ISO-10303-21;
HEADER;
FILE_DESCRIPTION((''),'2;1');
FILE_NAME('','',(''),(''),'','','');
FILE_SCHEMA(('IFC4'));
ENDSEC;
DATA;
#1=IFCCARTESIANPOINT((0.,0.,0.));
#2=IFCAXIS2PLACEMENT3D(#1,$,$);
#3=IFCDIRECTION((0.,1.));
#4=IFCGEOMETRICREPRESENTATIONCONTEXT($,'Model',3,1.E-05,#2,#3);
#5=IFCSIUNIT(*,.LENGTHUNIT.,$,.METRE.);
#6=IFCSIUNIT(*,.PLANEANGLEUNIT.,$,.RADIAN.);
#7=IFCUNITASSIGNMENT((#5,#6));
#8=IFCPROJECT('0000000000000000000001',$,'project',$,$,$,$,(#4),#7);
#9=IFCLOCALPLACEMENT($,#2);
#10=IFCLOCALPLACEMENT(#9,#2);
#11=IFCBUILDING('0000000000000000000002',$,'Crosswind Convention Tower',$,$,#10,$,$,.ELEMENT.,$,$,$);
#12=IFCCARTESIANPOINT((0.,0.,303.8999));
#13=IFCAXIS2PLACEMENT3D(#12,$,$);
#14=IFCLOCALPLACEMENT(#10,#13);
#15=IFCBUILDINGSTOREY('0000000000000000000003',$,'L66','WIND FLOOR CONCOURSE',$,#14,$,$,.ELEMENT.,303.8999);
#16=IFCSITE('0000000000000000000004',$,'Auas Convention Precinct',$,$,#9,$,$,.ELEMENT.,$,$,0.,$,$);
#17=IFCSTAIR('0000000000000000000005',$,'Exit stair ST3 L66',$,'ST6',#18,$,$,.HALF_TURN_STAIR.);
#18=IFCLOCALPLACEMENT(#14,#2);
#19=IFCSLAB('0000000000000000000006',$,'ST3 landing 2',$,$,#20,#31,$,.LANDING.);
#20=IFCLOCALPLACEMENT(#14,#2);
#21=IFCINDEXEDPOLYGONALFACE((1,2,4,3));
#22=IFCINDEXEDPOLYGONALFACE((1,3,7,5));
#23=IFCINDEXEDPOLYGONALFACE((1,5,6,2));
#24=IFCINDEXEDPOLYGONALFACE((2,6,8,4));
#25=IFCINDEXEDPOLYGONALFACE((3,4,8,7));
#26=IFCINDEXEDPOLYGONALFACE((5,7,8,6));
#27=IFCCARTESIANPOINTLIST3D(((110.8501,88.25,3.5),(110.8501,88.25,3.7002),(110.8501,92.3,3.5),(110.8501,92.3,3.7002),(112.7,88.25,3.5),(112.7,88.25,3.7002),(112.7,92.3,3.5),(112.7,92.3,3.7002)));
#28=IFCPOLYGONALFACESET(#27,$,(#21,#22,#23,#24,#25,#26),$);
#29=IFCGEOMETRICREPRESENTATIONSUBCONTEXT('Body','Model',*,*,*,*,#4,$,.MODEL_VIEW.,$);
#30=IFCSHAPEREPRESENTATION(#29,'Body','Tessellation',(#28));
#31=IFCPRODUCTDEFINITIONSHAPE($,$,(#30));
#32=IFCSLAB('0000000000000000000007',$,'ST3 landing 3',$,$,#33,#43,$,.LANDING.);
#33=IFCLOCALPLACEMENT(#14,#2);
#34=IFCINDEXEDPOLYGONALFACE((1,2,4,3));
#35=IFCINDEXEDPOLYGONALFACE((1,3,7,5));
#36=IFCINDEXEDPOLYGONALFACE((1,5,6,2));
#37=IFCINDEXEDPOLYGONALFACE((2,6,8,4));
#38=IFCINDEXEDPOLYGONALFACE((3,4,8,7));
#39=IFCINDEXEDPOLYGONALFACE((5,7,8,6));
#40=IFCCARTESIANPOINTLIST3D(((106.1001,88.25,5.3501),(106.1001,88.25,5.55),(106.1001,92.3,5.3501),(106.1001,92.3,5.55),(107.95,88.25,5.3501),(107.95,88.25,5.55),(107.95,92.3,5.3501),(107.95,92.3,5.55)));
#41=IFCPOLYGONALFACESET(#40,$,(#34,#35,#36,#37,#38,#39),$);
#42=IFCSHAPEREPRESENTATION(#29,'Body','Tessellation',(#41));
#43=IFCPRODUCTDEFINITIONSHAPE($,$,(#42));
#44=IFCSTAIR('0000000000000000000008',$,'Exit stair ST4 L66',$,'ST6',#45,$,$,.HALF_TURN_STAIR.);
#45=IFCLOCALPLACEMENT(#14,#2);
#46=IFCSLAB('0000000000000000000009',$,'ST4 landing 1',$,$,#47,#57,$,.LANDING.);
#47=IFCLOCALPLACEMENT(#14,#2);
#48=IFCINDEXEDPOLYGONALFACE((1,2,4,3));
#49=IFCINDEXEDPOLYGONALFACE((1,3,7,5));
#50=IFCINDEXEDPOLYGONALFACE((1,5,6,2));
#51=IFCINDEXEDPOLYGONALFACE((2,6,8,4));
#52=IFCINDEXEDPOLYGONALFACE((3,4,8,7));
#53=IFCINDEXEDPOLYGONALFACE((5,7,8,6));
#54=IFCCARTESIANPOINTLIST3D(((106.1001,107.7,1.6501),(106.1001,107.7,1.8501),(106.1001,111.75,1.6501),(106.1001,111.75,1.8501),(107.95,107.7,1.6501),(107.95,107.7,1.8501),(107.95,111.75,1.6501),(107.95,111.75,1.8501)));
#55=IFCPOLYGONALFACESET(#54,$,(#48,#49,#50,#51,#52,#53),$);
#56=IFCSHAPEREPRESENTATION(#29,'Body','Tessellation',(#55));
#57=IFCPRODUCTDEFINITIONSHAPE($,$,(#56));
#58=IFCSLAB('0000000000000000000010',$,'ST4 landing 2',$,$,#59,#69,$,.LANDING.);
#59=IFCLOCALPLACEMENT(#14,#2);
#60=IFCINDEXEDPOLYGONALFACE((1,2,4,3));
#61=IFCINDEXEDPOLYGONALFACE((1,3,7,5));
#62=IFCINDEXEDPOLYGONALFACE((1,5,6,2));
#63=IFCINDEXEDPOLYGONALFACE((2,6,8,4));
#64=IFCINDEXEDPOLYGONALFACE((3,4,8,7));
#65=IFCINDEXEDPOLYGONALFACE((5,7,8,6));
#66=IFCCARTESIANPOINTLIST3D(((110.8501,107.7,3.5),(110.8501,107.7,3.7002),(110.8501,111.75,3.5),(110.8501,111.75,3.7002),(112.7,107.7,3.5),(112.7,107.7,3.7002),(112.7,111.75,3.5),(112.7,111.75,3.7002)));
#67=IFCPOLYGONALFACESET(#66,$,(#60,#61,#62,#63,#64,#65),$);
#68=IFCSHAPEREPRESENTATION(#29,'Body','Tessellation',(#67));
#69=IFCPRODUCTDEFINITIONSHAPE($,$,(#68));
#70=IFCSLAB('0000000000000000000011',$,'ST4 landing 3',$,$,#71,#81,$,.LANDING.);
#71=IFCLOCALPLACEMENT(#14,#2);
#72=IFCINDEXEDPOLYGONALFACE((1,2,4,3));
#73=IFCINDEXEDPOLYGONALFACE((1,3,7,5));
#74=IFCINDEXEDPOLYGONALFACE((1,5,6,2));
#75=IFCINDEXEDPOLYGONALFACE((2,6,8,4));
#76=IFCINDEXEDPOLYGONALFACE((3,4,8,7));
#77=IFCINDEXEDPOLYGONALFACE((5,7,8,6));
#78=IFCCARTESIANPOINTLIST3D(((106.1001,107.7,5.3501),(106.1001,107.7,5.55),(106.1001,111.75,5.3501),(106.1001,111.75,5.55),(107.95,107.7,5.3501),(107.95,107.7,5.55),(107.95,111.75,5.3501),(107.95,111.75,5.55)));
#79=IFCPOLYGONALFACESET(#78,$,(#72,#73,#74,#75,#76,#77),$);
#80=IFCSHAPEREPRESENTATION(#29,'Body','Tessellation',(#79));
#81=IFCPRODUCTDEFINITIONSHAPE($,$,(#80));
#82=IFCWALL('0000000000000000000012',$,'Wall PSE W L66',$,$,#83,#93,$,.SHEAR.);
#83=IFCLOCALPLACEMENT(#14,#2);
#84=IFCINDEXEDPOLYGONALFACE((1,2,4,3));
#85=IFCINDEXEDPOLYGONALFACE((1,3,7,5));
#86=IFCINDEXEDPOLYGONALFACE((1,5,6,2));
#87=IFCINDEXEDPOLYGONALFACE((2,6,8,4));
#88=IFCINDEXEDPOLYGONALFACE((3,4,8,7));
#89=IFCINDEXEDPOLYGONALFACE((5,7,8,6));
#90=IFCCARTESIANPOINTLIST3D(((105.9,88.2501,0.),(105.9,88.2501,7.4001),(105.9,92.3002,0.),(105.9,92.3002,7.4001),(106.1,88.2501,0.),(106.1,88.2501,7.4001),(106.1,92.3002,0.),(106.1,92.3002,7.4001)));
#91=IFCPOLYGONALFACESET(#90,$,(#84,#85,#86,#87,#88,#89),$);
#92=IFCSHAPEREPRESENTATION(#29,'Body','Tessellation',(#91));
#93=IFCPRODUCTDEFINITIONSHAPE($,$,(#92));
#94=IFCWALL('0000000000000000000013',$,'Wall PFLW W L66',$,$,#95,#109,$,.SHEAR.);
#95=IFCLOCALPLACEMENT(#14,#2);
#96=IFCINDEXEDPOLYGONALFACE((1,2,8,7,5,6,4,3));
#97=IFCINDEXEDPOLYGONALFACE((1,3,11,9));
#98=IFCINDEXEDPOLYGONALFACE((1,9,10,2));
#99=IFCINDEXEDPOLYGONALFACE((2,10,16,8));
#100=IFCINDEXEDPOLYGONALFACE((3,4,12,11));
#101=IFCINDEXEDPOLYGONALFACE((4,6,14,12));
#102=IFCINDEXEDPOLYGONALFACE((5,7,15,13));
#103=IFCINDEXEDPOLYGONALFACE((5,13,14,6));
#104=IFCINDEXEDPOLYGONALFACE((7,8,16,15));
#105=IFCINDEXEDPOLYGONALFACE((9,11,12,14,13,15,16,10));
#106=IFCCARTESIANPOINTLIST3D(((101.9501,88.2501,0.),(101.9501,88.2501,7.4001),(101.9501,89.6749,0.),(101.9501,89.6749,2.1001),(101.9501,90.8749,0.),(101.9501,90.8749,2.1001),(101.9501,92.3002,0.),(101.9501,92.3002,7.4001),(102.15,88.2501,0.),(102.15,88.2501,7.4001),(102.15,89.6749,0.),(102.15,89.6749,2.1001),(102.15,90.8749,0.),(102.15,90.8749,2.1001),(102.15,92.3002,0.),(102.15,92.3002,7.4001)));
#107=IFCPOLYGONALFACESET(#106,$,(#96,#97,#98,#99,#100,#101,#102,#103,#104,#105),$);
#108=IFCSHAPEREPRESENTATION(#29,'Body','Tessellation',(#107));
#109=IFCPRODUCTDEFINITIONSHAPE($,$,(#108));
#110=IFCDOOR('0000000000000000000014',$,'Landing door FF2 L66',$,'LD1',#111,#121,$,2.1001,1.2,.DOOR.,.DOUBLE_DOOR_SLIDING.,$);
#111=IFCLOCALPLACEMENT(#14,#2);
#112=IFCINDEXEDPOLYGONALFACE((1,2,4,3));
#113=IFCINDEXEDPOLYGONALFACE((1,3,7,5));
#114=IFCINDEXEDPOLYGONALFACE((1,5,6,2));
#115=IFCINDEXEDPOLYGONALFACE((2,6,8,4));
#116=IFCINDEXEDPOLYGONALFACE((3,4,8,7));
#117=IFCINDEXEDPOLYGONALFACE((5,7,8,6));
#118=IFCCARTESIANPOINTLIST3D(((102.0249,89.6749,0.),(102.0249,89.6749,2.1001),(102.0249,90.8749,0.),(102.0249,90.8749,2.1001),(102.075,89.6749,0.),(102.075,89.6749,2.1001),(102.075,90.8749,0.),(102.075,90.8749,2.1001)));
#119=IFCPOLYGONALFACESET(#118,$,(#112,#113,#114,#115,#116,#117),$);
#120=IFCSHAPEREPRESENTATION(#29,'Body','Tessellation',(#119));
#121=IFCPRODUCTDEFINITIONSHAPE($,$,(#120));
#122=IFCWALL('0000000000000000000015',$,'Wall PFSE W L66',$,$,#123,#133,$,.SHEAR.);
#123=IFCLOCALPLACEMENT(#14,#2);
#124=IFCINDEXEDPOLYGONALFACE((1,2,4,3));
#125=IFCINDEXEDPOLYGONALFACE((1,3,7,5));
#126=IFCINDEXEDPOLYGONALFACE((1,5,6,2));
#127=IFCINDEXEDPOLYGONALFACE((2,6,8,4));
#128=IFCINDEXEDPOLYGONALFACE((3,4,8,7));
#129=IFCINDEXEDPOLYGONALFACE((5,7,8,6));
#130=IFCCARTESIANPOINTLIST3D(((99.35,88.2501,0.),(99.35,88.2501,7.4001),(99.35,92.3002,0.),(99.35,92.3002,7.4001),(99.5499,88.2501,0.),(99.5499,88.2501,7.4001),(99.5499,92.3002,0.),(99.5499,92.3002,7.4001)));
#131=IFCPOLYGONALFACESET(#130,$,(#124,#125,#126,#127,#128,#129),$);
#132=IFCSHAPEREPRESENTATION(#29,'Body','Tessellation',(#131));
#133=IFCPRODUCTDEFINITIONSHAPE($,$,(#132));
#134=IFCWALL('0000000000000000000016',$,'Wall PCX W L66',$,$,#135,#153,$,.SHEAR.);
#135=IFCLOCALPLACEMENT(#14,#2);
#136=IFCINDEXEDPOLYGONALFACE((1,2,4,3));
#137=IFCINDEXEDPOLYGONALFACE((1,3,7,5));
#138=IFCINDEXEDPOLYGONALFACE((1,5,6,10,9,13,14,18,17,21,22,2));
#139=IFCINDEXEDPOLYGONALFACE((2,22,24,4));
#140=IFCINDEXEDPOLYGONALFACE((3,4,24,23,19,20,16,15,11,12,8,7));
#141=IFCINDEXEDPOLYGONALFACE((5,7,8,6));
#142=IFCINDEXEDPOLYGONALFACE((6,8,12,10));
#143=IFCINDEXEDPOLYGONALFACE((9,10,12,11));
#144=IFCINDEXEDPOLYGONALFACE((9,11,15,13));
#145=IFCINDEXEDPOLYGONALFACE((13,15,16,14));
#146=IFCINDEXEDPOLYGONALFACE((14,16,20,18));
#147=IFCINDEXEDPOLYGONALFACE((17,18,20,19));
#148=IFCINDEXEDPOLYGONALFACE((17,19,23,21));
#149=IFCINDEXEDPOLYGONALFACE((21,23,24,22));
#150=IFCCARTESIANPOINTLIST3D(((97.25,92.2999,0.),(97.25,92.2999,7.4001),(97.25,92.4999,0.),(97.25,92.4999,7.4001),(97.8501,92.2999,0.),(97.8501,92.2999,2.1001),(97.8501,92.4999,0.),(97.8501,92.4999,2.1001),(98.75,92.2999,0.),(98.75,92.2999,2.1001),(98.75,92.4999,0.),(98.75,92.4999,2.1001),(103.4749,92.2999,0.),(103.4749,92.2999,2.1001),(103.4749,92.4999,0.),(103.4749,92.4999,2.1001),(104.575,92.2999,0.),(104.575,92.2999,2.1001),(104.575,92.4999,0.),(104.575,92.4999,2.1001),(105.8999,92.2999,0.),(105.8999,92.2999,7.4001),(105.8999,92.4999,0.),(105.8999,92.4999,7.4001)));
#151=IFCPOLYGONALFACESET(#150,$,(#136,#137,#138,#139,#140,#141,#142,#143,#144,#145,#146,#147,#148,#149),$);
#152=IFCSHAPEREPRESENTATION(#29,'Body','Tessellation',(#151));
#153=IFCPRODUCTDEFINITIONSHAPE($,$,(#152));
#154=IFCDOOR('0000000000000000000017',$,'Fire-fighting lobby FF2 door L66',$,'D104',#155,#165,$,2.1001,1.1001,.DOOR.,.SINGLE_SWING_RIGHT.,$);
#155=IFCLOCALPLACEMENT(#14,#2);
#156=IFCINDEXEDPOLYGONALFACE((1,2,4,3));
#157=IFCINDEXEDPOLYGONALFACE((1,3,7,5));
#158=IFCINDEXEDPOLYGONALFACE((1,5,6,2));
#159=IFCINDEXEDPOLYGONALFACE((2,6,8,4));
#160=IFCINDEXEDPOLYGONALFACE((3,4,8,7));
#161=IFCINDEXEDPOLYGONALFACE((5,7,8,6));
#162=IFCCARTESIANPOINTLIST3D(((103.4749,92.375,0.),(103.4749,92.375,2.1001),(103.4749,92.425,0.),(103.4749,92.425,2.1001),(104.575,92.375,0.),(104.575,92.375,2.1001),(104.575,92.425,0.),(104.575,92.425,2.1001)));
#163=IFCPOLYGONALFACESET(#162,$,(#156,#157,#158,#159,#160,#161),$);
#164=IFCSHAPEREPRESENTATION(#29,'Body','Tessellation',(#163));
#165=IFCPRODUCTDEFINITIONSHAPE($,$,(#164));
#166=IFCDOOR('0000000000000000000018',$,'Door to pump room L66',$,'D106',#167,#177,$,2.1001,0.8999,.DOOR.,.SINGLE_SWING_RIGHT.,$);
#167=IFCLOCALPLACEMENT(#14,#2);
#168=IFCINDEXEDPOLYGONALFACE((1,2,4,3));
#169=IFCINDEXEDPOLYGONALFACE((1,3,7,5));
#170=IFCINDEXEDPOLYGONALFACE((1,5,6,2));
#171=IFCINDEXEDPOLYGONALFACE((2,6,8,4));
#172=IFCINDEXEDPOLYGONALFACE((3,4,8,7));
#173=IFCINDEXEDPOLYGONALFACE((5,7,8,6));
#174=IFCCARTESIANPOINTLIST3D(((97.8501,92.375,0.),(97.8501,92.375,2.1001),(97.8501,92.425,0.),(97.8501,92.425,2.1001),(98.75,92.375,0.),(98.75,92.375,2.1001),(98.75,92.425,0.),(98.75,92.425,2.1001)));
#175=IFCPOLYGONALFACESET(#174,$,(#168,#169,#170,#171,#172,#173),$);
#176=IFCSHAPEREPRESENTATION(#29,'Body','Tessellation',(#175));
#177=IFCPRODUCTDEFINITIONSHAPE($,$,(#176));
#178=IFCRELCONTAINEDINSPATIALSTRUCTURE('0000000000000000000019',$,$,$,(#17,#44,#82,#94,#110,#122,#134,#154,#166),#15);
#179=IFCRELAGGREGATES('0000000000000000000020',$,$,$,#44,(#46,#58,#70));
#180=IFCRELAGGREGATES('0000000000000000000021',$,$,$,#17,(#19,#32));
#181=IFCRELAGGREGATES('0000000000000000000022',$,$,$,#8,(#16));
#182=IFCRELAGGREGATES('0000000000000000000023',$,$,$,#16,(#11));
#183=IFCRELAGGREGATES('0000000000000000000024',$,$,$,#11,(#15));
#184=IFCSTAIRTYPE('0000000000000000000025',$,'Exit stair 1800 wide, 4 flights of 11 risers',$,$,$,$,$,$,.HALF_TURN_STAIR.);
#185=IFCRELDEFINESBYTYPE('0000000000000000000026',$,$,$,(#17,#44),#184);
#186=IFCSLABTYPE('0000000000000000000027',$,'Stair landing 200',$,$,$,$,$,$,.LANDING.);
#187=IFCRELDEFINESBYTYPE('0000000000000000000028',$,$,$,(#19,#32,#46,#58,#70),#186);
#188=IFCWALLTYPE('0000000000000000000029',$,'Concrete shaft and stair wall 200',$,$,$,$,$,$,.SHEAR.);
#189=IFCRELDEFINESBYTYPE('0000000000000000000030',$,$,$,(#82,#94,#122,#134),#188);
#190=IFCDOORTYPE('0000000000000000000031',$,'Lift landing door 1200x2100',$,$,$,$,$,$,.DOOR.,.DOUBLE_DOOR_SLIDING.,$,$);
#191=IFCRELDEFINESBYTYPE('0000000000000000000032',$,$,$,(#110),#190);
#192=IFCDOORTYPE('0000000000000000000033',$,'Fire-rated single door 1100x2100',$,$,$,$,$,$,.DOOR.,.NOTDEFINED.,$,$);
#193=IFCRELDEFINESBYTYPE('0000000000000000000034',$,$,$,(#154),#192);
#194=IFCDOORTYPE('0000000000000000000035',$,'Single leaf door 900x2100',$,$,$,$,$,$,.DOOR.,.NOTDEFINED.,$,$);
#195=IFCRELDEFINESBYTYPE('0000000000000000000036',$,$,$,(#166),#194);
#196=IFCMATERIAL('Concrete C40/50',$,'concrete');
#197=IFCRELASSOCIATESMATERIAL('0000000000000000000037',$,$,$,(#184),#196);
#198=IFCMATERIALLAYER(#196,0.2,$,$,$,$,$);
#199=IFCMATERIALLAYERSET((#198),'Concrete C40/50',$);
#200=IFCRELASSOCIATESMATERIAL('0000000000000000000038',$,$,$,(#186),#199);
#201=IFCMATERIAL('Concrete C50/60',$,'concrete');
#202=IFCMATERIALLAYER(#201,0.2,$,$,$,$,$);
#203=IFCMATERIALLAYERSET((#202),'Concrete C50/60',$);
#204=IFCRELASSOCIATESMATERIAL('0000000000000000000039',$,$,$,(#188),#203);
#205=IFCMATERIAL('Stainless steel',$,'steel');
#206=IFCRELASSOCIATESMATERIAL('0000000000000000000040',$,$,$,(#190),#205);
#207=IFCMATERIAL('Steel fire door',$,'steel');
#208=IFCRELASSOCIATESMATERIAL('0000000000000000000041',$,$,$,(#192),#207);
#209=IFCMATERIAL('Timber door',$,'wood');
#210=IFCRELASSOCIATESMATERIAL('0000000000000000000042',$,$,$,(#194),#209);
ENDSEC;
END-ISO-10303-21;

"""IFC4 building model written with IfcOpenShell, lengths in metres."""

from ifc_helpers import new_model, si_unit, direction, frame, frame_2d, origin, place, context, subcontext, project, spatial, polyline, rectangle, outline, extrude, material, layer, layer_set, type_object, element, fill, aggregate, save


model = new_model("IFC4")

# Units and contexts
model_context = context("Model", 3, precision=1e-05, world=origin(), true_north=direction((0.0, 1.0)))
body_context = subcontext(model_context, "Body", "Model", "MODEL_VIEW")
ifc_project = project(units=[si_unit("LENGTHUNIT", "METRE"), si_unit("PLANEANGLEUNIT", "RADIAN")], contexts=[model_context])

# Site, building, storey
site_placement = place(None, origin())
site = spatial("IfcSite", under=ifc_project, at=site_placement, Name="Auas Convention Precinct", CompositionType="ELEMENT", RefElevation=0.0)
building_placement = place(site_placement, origin())
building = spatial("IfcBuilding", under=site, at=building_placement, Name="Crosswind Convention Tower", CompositionType="ELEMENT")
storey_placement = place(building_placement, frame((0.0, 0.0, 303.8999)))
storey = spatial("IfcBuildingStorey", under=building, at=storey_placement, Name="L66", Description="WIND FLOOR CONCOURSE", CompositionType="ELEMENT", Elevation=303.8999)

# Shared definitions
ifc_material_1 = material(Name="Concrete C40/50", Category="concrete")

# Stairs, slabs
stair_type = type_object("IfcStairType", Name="Exit stair 1800 wide, 4 flights of 11 risers", PredefinedType="HALF_TURN_STAIR", material=ifc_material_1)
ifc_layer_1 = layer(ifc_material_1, 0.2)
ifc_layer_set_1 = layer_set([ifc_layer_1], Name="Concrete C40/50")
slab_type_1 = type_object("IfcSlabType", Name="Stair landing 200", PredefinedType="LANDING", material=ifc_layer_set_1)
stair_1_placement = place(storey_placement, origin())
stair_1 = element("IfcStair", 1, at=stair_1_placement, inside=storey, type_object=stair_type, Name="Exit stair ST3 L66", ObjectType="ST6", PredefinedType="HALF_TURN_STAIR")
slab_1_placement = place(storey_placement, frame((0.0, 0.0, 3.5)))
slab_1 = element("IfcSlab", 2, at=slab_1_placement, type_object=slab_type_1, Name="ST3 landing 2", PredefinedType="LANDING", context=body_context, shape_type="SweptSolid", body=[
    extrude(outline(polyline([(112.7, 88.25), (112.7, 92.3), (110.8501, 92.3), (110.8501, 88.25), (112.7, 88.25)])), origin(), (0.0, 0.0, 1.0), 0.2002),
])
slab_2_placement = place(storey_placement, frame((0.0, 0.0, 5.3501)))
slab_2 = element("IfcSlab", 3, at=slab_2_placement, type_object=slab_type_1, Name="ST3 landing 3", PredefinedType="LANDING", context=body_context, shape_type="SweptSolid", body=[
    extrude(outline(polyline([(107.95, 88.25), (107.95, 92.3), (106.1001, 92.3), (106.1001, 88.25), (107.95, 88.25)])), origin(), (0.0, 0.0, 1.0), 0.2),
])
stair_2_placement = place(storey_placement, origin())
stair_2 = element("IfcStair", 4, at=stair_2_placement, inside=storey, type_object=stair_type, Name="Exit stair ST4 L66", ObjectType="ST6", PredefinedType="HALF_TURN_STAIR")
slab_3_placement = place(storey_placement, frame((0.0, 0.0, 1.6501)))
slab_3 = element("IfcSlab", 5, at=slab_3_placement, type_object=slab_type_1, Name="ST4 landing 1", PredefinedType="LANDING", context=body_context, shape_type="SweptSolid", body=[
    extrude(outline(polyline([(107.95, 107.7), (107.95, 111.75), (106.1001, 111.75), (106.1001, 107.7), (107.95, 107.7)])), origin(), (0.0, 0.0, 1.0), 0.2),
])
slab_4_placement = place(storey_placement, frame((0.0, 0.0, 3.5)))
slab_4 = element("IfcSlab", 6, at=slab_4_placement, type_object=slab_type_1, Name="ST4 landing 2", PredefinedType="LANDING", context=body_context, shape_type="SweptSolid", body=[
    extrude(outline(polyline([(112.7, 107.7), (112.7, 111.75), (110.8501, 111.75), (110.8501, 107.7), (112.7, 107.7)])), origin(), (0.0, 0.0, 1.0), 0.2002),
])
slab_5_placement = place(storey_placement, frame((0.0, 0.0, 5.3501)))
slab_5 = element("IfcSlab", 7, at=slab_5_placement, type_object=slab_type_1, Name="ST4 landing 3", PredefinedType="LANDING", context=body_context, shape_type="SweptSolid", body=[
    extrude(outline(polyline([(107.95, 107.7), (107.95, 111.75), (106.1001, 111.75), (106.1001, 107.7), (107.95, 107.7)])), origin(), (0.0, 0.0, 1.0), 0.2),
])
aggregate(stair_2, [slab_3, slab_4, slab_5])

# Wall
ifc_material_2 = material(Name="Concrete C50/60", Category="concrete")
ifc_layer_2 = layer(ifc_material_2, 0.2)
ifc_layer_set_2 = layer_set([ifc_layer_2], Name="Concrete C50/60")
wall_type_1 = type_object("IfcWallType", Name="Concrete shaft and stair wall 200", PredefinedType="SHEAR", material=ifc_layer_set_2)
wall_1_placement = place(storey_placement, frame((106.0, 92.3, 0.0), z_axis=(0.0, 0.0, 1.0), x_axis=(0.0, -1.0, 0.0)))
element("IfcWall", 8, at=wall_1_placement, inside=storey, type_object=wall_type_1, Name="Wall PSE W L66", PredefinedType="SHEAR", context=body_context, shape_type="SweptSolid", body=[
    extrude(rectangle(XDim=4.05, YDim=0.2, at=frame_2d((2.0249, 0.0))), origin(), (0.0, 0.0, 1.0), 7.4001),
])

# Wall, opening, door
wall_2_placement = place(storey_placement, frame((102.05, 92.3, 0.0), z_axis=(0.0, 0.0, 1.0), x_axis=(0.0, -1.0, 0.0)))
wall_2 = element("IfcWall", 9, at=wall_2_placement, inside=storey, type_object=wall_type_1, Name="Wall PFLW W L66", PredefinedType="SHEAR", context=body_context, shape_type="SweptSolid", body=[
    extrude(rectangle(XDim=4.05, YDim=0.2, at=frame_2d((2.0249, 0.0))), origin(), (0.0, 0.0, 1.0), 7.4001),
])
opening_1_placement = place(wall_2_placement, frame((1.425, 0.0, 0.0)))
opening_1 = element("IfcOpeningElement", 10, at=opening_1_placement, cuts=wall_2, PredefinedType="OPENING", context=body_context, shape_type="SweptSolid", body=[
    extrude(rectangle(XDim=1.2, YDim=2.1001, at=frame_2d((0.6001, 1.05))), frame((0.0, 0.1099, 0.0), z_axis=(0.0, -1.0, 0.0), x_axis=(1.0, 0.0, 0.0)), (0.0, 0.0, 1.0), 0.22),
])
ifc_material_3 = material(Name="Stainless steel", Category="steel")
door_type_1 = type_object("IfcDoorType", Name="Lift landing door 1200x2100", OperationType="DOUBLE_DOOR_SLIDING", PredefinedType="DOOR", material=ifc_material_3)
door_1_placement = place(opening_1_placement, origin())
door_1 = element("IfcDoor", 11, at=door_1_placement, inside=storey, type_object=door_type_1, Name="Landing door FF2 L66", ObjectType="LD1", OperationType="DOUBLE_DOOR_SLIDING", OverallHeight=2.1001, OverallWidth=1.2, PredefinedType="DOOR", context=body_context, shape_type="SweptSolid", body=[
    extrude(rectangle(XDim=1.2, YDim=2.1001, at=frame_2d((0.6001, 1.05))), frame((0.0, 0.0249, 0.0), z_axis=(0.0, -1.0, 0.0), x_axis=(1.0, 0.0, 0.0)), (0.0, 0.0, 1.0), 0.05),
])
fill(opening_1, door_1)

# Wall
wall_3_placement = place(storey_placement, frame((99.45, 92.3, 0.0), z_axis=(0.0, 0.0, 1.0), x_axis=(0.0, -1.0, 0.0)))
element("IfcWall", 12, at=wall_3_placement, inside=storey, type_object=wall_type_1, Name="Wall PFSE W L66", PredefinedType="SHEAR", context=body_context, shape_type="SweptSolid", body=[
    extrude(rectangle(XDim=4.05, YDim=0.2, at=frame_2d((2.0249, 0.0))), origin(), (0.0, 0.0, 1.0), 7.4001),
])

# Wall, openings, doors
wall_4_placement = place(storey_placement, frame((105.8999, 92.3999, 0.0), z_axis=(0.0, 0.0, 1.0), x_axis=(-1.0, 0.0, 0.0)))
wall_4 = element("IfcWall", 13, at=wall_4_placement, inside=storey, type_object=wall_type_1, Name="Wall PCX W L66", PredefinedType="SHEAR", context=body_context, shape_type="SweptSolid", body=[
    extrude(rectangle(XDim=8.6499, YDim=0.2, at=frame_2d((4.325, 0.0))), origin(), (0.0, 0.0, 1.0), 7.4001),
])
opening_2_placement = place(wall_4_placement, frame((1.325, 0.0, 0.0)))
opening_2 = element("IfcOpeningElement", 14, at=opening_2_placement, cuts=wall_4, PredefinedType="OPENING", context=body_context, shape_type="SweptSolid", body=[
    extrude(rectangle(XDim=1.1001, YDim=2.1001, at=frame_2d((0.55, 1.05))), frame((0.0, 0.1099, 0.0), z_axis=(0.0, -1.0, 0.0), x_axis=(1.0, 0.0, 0.0)), (0.0, 0.0, 1.0), 0.22),
])
opening_3_placement = place(wall_4_placement, frame((7.1499, 0.0, 0.0)))
opening_3 = element("IfcOpeningElement", 15, at=opening_3_placement, cuts=wall_4, PredefinedType="OPENING", context=body_context, shape_type="SweptSolid", body=[
    extrude(rectangle(XDim=0.8999, YDim=2.1001, at=frame_2d((0.45, 1.05))), frame((0.0, 0.1099, 0.0), z_axis=(0.0, -1.0, 0.0), x_axis=(1.0, 0.0, 0.0)), (0.0, 0.0, 1.0), 0.22),
])
ifc_material_4 = material(Name="Steel fire door", Category="steel")
door_type_2 = type_object("IfcDoorType", Name="Fire-rated single door 1100x2100", OperationType="NOTDEFINED", PredefinedType="DOOR", material=ifc_material_4)
door_2_placement = place(opening_2_placement, origin())
door_2 = element("IfcDoor", 16, at=door_2_placement, inside=storey, type_object=door_type_2, Name="Fire-fighting lobby FF2 door L66", ObjectType="D104", OperationType="SINGLE_SWING_RIGHT", OverallHeight=2.1001, OverallWidth=1.1001, PredefinedType="DOOR", context=body_context, shape_type="SweptSolid", body=[
    extrude(rectangle(XDim=1.1001, YDim=2.1001, at=frame_2d((0.55, 1.05))), frame((0.0, 0.0249, 0.0), z_axis=(0.0, -1.0, 0.0), x_axis=(1.0, 0.0, 0.0)), (0.0, 0.0, 1.0), 0.05),
])
fill(opening_2, door_2)
ifc_material_5 = material(Name="Timber door", Category="wood")
door_type_3 = type_object("IfcDoorType", Name="Single leaf door 900x2100", OperationType="NOTDEFINED", PredefinedType="DOOR", material=ifc_material_5)
door_3_placement = place(opening_3_placement, origin())
door_3 = element("IfcDoor", 17, at=door_3_placement, inside=storey, type_object=door_type_3, Name="Door to pump room L66", ObjectType="D106", OperationType="SINGLE_SWING_RIGHT", OverallHeight=2.1001, OverallWidth=0.8999, PredefinedType="DOOR", context=body_context, shape_type="SweptSolid", body=[
    extrude(rectangle(XDim=0.8999, YDim=2.1001, at=frame_2d((0.45, 1.05))), frame((0.0, 0.0249, 0.0), z_axis=(0.0, -1.0, 0.0), x_axis=(1.0, 0.0, 0.0)), (0.0, 0.0, 1.0), 0.05),
])
fill(opening_3, door_3)

aggregate(stair_1, [slab_1, slab_2])

save(model, "model.ifc")
